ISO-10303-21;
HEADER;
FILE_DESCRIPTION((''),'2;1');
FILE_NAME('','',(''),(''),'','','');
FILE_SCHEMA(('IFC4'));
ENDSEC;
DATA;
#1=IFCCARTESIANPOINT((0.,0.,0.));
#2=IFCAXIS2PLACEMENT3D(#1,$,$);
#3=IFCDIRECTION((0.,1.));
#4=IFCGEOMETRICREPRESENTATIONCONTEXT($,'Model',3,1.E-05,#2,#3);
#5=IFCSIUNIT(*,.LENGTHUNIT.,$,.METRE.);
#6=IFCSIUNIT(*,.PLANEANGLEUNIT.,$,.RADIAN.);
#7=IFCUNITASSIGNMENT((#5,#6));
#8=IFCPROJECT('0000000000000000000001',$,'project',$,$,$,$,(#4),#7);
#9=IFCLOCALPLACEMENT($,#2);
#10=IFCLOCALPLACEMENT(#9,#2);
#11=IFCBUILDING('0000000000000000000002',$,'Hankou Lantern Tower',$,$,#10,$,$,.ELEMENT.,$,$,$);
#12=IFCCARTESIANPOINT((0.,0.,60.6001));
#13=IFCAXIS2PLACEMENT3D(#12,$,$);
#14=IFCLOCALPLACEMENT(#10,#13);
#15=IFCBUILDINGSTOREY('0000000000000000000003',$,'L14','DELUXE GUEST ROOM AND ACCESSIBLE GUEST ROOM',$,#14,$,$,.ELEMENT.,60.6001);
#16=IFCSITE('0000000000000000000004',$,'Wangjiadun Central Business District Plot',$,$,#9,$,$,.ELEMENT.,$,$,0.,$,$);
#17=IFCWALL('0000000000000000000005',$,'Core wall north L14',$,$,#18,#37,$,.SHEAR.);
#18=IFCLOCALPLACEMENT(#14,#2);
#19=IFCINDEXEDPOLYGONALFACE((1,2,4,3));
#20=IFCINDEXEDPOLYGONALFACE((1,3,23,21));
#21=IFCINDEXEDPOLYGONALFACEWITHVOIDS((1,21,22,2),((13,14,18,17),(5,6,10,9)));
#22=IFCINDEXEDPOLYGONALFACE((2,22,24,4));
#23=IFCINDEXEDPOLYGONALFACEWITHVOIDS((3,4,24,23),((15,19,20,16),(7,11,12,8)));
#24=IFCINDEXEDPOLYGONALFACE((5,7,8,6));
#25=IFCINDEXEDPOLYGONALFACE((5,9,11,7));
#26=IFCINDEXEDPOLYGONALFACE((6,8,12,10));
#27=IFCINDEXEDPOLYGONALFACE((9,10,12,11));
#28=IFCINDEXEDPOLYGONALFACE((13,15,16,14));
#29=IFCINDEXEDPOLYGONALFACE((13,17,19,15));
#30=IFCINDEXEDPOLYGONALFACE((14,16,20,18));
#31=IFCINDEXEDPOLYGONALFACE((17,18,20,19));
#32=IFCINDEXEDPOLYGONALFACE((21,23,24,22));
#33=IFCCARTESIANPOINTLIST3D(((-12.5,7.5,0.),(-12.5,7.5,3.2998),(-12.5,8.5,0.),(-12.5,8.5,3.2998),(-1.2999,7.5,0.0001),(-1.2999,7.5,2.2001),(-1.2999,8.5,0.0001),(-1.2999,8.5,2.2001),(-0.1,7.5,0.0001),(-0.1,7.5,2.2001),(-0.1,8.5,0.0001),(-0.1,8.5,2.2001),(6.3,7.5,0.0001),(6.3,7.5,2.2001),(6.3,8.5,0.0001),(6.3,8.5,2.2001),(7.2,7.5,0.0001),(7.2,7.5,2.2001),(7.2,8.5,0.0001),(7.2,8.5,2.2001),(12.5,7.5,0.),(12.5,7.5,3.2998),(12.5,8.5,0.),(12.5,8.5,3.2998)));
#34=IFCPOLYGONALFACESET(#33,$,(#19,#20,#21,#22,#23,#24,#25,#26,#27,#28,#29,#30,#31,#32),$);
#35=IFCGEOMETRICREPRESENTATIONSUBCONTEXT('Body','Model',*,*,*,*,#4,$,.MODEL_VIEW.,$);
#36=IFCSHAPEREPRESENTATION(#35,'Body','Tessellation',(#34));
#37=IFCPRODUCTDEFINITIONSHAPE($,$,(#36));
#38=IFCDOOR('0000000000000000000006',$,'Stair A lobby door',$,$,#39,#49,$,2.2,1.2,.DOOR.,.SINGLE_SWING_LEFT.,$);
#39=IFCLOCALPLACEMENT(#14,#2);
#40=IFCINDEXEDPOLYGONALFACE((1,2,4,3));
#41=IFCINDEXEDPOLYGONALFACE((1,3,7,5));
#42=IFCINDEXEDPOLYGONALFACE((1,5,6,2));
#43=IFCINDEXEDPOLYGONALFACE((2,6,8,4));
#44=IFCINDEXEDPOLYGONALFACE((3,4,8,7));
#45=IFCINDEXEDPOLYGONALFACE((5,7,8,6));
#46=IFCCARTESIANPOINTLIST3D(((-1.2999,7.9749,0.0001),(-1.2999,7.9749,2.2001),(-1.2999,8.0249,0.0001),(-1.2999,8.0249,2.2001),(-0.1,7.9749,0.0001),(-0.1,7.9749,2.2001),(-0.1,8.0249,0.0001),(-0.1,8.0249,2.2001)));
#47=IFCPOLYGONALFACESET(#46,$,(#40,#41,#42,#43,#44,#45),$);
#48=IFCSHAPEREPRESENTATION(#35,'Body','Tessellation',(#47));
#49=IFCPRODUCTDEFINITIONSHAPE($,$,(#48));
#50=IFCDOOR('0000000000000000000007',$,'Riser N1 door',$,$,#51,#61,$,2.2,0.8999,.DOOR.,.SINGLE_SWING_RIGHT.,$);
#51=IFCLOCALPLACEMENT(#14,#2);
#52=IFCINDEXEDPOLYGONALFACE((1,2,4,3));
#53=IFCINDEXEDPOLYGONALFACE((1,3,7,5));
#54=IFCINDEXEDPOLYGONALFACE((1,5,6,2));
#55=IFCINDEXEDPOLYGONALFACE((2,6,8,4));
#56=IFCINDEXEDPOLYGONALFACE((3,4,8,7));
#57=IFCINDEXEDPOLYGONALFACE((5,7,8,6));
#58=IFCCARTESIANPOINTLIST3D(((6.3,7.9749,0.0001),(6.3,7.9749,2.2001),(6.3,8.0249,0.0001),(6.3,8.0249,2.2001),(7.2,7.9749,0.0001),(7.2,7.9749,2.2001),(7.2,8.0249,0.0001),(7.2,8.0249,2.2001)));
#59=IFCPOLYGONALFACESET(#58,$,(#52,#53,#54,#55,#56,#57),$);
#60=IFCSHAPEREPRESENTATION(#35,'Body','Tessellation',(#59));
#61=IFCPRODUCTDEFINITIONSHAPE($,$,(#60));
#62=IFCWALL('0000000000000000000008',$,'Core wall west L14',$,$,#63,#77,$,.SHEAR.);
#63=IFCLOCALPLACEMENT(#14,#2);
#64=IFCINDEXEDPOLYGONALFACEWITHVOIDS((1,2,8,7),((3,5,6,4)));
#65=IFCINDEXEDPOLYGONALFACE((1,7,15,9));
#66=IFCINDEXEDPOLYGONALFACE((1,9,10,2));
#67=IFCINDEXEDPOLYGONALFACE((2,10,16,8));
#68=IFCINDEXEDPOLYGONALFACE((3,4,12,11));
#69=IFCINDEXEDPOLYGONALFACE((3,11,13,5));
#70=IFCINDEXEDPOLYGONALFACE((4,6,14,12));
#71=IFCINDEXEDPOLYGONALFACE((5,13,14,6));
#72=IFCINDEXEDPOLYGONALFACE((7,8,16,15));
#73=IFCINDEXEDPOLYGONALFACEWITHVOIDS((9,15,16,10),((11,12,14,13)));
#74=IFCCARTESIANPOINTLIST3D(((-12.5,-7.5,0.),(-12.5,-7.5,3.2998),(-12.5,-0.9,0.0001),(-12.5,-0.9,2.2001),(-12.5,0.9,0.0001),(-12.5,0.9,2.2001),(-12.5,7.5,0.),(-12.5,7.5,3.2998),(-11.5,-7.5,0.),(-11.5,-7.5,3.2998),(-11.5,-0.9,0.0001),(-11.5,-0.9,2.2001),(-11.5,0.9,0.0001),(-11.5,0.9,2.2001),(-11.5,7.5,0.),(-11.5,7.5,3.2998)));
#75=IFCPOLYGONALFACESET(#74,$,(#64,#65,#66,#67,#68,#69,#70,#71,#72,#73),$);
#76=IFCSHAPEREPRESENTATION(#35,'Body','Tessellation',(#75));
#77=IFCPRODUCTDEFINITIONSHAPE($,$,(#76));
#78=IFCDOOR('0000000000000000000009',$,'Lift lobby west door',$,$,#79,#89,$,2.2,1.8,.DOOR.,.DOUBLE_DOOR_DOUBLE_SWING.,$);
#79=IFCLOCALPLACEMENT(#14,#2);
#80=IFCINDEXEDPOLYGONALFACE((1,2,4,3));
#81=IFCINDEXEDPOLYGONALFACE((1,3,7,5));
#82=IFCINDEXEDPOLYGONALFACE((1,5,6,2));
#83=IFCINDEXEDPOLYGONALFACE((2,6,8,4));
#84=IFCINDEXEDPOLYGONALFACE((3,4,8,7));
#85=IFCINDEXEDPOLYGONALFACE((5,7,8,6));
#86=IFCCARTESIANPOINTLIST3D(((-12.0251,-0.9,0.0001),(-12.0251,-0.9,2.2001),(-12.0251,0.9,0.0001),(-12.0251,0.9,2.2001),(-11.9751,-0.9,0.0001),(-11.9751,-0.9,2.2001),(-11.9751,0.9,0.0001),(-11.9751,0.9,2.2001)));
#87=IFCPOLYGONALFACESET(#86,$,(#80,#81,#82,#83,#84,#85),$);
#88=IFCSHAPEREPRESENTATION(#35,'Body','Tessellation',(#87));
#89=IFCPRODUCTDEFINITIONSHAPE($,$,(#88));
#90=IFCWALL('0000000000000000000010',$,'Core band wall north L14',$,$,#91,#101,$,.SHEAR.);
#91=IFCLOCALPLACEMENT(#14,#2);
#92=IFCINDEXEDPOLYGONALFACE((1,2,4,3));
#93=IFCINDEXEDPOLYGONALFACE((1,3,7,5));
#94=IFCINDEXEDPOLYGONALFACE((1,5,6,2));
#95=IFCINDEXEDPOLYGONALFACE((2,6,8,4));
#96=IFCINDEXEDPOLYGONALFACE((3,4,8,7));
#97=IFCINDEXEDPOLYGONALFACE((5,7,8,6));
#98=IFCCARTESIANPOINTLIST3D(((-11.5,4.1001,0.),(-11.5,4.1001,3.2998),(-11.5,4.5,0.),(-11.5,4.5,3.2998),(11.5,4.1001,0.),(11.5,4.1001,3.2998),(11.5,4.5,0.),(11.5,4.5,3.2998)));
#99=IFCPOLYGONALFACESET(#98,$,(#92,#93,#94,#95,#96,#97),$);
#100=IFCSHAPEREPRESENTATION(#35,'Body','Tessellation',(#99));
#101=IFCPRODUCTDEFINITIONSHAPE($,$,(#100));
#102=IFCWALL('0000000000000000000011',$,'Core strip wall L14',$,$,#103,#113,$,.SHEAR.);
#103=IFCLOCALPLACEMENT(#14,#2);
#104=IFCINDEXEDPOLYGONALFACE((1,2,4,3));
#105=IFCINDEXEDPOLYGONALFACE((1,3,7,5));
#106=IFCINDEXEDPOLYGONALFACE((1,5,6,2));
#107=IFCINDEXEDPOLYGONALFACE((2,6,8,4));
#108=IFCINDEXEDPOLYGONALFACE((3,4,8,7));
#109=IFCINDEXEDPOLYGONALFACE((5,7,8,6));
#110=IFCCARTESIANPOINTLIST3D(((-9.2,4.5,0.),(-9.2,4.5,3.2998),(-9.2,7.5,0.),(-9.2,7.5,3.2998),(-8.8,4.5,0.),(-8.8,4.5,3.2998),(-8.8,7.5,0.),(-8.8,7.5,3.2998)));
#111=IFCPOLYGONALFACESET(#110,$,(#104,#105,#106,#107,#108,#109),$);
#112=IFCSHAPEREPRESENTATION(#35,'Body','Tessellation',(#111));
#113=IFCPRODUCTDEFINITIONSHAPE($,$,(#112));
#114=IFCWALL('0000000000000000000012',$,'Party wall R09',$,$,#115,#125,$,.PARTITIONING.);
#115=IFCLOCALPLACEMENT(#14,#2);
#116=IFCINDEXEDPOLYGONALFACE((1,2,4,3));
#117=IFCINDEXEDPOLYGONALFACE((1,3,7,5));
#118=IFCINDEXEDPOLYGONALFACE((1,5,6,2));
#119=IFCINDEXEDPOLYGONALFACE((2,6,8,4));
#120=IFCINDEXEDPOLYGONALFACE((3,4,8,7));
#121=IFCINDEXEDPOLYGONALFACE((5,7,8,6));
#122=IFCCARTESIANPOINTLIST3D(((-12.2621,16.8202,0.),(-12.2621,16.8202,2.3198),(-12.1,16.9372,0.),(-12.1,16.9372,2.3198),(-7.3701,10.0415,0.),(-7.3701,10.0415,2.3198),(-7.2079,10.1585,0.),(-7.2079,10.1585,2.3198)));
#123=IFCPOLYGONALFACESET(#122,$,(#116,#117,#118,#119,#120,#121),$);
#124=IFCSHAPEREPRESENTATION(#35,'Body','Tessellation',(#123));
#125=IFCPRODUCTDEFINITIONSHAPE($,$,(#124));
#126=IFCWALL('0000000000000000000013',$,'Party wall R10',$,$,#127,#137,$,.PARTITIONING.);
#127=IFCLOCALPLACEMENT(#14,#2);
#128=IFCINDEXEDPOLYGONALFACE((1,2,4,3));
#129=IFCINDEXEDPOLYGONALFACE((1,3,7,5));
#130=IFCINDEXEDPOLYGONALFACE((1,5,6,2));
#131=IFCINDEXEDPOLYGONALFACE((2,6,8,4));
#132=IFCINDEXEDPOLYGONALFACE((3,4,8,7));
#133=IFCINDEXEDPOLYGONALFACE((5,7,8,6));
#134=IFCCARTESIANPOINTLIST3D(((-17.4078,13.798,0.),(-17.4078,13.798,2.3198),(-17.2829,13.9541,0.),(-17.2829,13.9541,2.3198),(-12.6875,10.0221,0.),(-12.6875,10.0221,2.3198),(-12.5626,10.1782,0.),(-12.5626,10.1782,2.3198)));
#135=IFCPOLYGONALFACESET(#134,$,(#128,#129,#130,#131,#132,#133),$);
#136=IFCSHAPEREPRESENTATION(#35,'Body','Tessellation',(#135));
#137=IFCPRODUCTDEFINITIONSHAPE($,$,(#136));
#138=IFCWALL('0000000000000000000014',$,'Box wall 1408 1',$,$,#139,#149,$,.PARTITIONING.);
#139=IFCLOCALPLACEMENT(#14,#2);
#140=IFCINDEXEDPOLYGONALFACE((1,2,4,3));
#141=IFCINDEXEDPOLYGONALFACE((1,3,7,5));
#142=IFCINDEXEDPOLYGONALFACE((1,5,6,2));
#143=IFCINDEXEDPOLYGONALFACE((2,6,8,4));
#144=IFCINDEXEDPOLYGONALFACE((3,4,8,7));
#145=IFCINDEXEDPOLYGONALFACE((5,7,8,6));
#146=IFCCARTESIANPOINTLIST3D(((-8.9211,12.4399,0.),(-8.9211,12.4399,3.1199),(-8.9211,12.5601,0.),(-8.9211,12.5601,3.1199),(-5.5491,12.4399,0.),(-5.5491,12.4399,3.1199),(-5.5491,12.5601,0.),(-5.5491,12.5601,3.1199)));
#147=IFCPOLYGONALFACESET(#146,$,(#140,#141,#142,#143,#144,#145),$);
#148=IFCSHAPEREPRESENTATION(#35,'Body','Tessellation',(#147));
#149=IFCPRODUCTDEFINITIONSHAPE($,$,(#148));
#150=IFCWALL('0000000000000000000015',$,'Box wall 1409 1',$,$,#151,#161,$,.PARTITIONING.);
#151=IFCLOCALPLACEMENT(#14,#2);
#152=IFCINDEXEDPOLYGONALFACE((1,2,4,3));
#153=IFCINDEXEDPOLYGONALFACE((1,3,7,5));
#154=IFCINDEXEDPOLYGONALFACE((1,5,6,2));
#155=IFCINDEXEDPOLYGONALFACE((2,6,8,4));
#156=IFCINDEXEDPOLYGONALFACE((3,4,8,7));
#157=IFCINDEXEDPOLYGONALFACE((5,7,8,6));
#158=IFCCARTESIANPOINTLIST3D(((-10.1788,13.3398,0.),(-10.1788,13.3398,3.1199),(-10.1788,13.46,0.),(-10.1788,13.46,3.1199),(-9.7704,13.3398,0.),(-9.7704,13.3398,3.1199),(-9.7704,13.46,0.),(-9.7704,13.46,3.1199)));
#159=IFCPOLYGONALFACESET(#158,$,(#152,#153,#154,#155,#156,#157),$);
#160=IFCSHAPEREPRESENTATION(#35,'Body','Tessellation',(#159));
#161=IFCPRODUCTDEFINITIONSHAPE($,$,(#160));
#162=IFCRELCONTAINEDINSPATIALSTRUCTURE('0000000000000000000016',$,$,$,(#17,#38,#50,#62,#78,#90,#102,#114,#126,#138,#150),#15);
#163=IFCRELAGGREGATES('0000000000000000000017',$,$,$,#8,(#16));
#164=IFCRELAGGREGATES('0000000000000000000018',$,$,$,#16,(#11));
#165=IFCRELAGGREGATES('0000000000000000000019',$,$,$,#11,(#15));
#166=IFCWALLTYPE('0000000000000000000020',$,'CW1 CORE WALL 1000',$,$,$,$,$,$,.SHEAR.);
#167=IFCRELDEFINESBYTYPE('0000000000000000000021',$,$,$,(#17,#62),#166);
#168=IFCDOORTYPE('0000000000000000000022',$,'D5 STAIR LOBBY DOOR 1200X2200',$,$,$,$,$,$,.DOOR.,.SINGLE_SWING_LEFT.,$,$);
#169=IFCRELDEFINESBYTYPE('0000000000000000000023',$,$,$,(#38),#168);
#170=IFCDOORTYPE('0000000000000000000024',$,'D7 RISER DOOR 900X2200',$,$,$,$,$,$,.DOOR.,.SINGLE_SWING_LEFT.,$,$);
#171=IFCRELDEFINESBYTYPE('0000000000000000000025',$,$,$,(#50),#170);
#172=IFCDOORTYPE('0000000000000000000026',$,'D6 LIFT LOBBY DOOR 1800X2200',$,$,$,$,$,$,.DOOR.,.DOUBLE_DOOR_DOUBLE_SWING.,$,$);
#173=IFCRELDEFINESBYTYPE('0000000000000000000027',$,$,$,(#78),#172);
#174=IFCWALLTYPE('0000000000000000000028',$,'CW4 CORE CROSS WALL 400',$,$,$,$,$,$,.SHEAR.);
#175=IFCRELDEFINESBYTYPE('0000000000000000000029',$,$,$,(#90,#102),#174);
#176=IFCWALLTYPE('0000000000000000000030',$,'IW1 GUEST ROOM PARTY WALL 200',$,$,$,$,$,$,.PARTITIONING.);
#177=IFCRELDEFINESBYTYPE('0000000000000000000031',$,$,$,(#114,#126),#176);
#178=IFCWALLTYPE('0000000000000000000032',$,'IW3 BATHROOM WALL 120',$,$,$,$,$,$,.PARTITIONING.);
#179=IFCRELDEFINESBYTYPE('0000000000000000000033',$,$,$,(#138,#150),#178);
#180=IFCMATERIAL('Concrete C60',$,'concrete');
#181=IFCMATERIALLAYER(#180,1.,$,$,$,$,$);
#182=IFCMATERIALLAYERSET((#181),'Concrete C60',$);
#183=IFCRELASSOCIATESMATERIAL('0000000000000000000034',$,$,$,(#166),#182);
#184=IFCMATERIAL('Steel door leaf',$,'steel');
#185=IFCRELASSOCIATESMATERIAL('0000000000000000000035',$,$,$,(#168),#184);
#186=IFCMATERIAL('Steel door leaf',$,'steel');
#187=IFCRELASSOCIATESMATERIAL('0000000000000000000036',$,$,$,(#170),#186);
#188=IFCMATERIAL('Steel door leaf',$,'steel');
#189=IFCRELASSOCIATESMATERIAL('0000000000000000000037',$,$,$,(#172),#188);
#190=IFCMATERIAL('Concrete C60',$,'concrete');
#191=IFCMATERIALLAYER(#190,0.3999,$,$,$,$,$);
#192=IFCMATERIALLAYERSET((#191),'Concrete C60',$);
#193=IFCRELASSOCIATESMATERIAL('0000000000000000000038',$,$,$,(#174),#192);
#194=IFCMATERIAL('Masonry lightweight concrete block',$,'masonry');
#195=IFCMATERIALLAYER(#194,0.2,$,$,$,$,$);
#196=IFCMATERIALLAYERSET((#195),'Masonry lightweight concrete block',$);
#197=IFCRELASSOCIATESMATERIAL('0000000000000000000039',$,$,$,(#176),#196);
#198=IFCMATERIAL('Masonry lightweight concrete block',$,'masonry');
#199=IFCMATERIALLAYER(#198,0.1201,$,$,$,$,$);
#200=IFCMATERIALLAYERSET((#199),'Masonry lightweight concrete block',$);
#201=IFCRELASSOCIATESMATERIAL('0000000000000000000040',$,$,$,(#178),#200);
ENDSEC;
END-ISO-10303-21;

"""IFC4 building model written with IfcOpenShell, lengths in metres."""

from ifc_helpers import new_model, si_unit, direction, frame, frame_2d, origin, place, context, subcontext, project, spatial, rectangle, extrude, material, layer, layer_set, type_object, element, fill, save


model = new_model("IFC4")

# Units and contexts
model_context = context("Model", 3, precision=1e-05, world=origin(), true_north=direction((0.0, 1.0)))
body_context = subcontext(model_context, "Body", "Model", "MODEL_VIEW")
ifc_project = project(units=[si_unit("LENGTHUNIT", "METRE"), si_unit("PLANEANGLEUNIT", "RADIAN")], contexts=[model_context])

# Site, building, storey
site_placement = place(None, origin())
site = spatial("IfcSite", under=ifc_project, at=site_placement, Name="Wangjiadun Central Business District Plot", CompositionType="ELEMENT", RefElevation=0.0)
building_placement = place(site_placement, origin())
building = spatial("IfcBuilding", under=site, at=building_placement, Name="Hankou Lantern Tower", CompositionType="ELEMENT")
storey_placement = place(building_placement, frame((0.0, 0.0, 60.6001)))
storey = spatial("IfcBuildingStorey", under=building, at=storey_placement, Name="L14", Description="DELUXE GUEST ROOM AND ACCESSIBLE GUEST ROOM", CompositionType="ELEMENT", Elevation=60.6001)

# Wall, openings, doors
ifc_material_1 = material(Name="Concrete C60", Category="concrete")
ifc_layer_1 = layer(ifc_material_1, 1.0)
ifc_layer_set_1 = layer_set([ifc_layer_1], Name="Concrete C60")
wall_type_1 = type_object("IfcWallType", Name="CW1 CORE WALL 1000", PredefinedType="SHEAR", material=ifc_layer_set_1)
wall_1_placement = place(storey_placement, frame((-12.5, 8.0, 0.0), z_axis=(0.0, 0.0, 1.0), x_axis=(1.0, 0.0, 0.0)))
wall_1 = element("IfcWall", 1, at=wall_1_placement, inside=storey, type_object=wall_type_1, Name="Core wall north L14", PredefinedType="SHEAR", context=body_context, shape_type="SweptSolid", body=[
    extrude(rectangle(XDim=25.0, YDim=1.0, at=frame_2d((12.5, 0.0))), origin(), (0.0, 0.0, 1.0), 3.2998),
])
opening_1_placement = place(wall_1_placement, frame((11.2, 0.0, 0.0)))
opening_1 = element("IfcOpeningElement", 2, at=opening_1_placement, cuts=wall_1, PredefinedType="OPENING", context=body_context, shape_type="SweptSolid", body=[
    extrude(rectangle(XDim=1.2, YDim=2.2, at=frame_2d((0.6001, 1.1001))), frame((0.0, 0.51, 0.0), z_axis=(0.0, -1.0, 0.0), x_axis=(1.0, 0.0, 0.0)), (0.0, 0.0, 1.0), 1.02),
])
opening_2_placement = place(wall_1_placement, frame((18.8, 0.0, 0.0)))
opening_2 = element("IfcOpeningElement", 3, at=opening_2_placement, cuts=wall_1, PredefinedType="OPENING", context=body_context, shape_type="SweptSolid", body=[
    extrude(rectangle(XDim=0.8999, YDim=2.2, at=frame_2d((0.45, 1.1001))), frame((0.0, 0.51, 0.0), z_axis=(0.0, -1.0, 0.0), x_axis=(1.0, 0.0, 0.0)), (0.0, 0.0, 1.0), 1.02),
])
ifc_material_2 = material(Name="Steel door leaf", Category="steel")
door_type_1 = type_object("IfcDoorType", Name="D5 STAIR LOBBY DOOR 1200X2200", OperationType="SINGLE_SWING_LEFT", PredefinedType="DOOR", material=ifc_material_2)
door_1_placement = place(opening_1_placement, origin())
door_1 = element("IfcDoor", 4, at=door_1_placement, inside=storey, type_object=door_type_1, Name="Stair A lobby door", OperationType="SINGLE_SWING_LEFT", OverallHeight=2.2, OverallWidth=1.2, PredefinedType="DOOR", context=body_context, shape_type="SweptSolid", body=[
    extrude(rectangle(XDim=1.2, YDim=2.2, at=frame_2d((0.6001, 1.1001))), frame((0.0, 0.0249, 0.0), z_axis=(0.0, -1.0, 0.0), x_axis=(1.0, 0.0, 0.0)), (0.0, 0.0, 1.0), 0.05),
])
fill(opening_1, door_1)
ifc_material_3 = material(Name="Steel door leaf", Category="steel")
door_type_2 = type_object("IfcDoorType", Name="D7 RISER DOOR 900X2200", OperationType="SINGLE_SWING_LEFT", PredefinedType="DOOR", material=ifc_material_3)
door_2_placement = place(opening_2_placement, origin())
door_2 = element("IfcDoor", 5, at=door_2_placement, inside=storey, type_object=door_type_2, Name="Riser N1 door", OperationType="SINGLE_SWING_RIGHT", OverallHeight=2.2, OverallWidth=0.8999, PredefinedType="DOOR", context=body_context, shape_type="SweptSolid", body=[
    extrude(rectangle(XDim=0.8999, YDim=2.2, at=frame_2d((0.45, 1.1001))), frame((0.0, 0.0249, 0.0), z_axis=(0.0, -1.0, 0.0), x_axis=(1.0, 0.0, 0.0)), (0.0, 0.0, 1.0), 0.05),
])
fill(opening_2, door_2)

# Wall, opening, door
wall_2_placement = place(storey_placement, frame((-12.0, 7.5, 0.0), z_axis=(0.0, 0.0, 1.0), x_axis=(0.0, -1.0, 0.0)))
wall_2 = element("IfcWall", 6, at=wall_2_placement, inside=storey, type_object=wall_type_1, Name="Core wall west L14", PredefinedType="SHEAR", context=body_context, shape_type="SweptSolid", body=[
    extrude(rectangle(XDim=15.0, YDim=1.0, at=frame_2d((7.5, 0.0))), origin(), (0.0, 0.0, 1.0), 3.2998),
])
opening_3_placement = place(wall_2_placement, frame((6.6001, 0.0, 0.0)))
opening_3 = element("IfcOpeningElement", 7, at=opening_3_placement, cuts=wall_2, PredefinedType="OPENING", context=body_context, shape_type="SweptSolid", body=[
    extrude(rectangle(XDim=1.8, YDim=2.2, at=frame_2d((0.8999, 1.1001))), frame((0.0, 0.51, 0.0), z_axis=(0.0, -1.0, 0.0), x_axis=(1.0, 0.0, 0.0)), (0.0, 0.0, 1.0), 1.02),
])
ifc_material_4 = material(Name="Steel door leaf", Category="steel")
door_type_3 = type_object("IfcDoorType", Name="D6 LIFT LOBBY DOOR 1800X2200", OperationType="DOUBLE_DOOR_DOUBLE_SWING", PredefinedType="DOOR", material=ifc_material_4)
door_3_placement = place(opening_3_placement, origin())
door_3 = element("IfcDoor", 8, at=door_3_placement, inside=storey, type_object=door_type_3, Name="Lift lobby west door", OperationType="DOUBLE_DOOR_DOUBLE_SWING", OverallHeight=2.2, OverallWidth=1.8, PredefinedType="DOOR", context=body_context, shape_type="SweptSolid", body=[
    extrude(rectangle(XDim=1.8, YDim=2.2, at=frame_2d((0.8999, 1.1001))), frame((0.0, 0.0249, 0.0), z_axis=(0.0, -1.0, 0.0), x_axis=(1.0, 0.0, 0.0)), (0.0, 0.0, 1.0), 0.05),
])
fill(opening_3, door_3)

# Walls
ifc_material_5 = material(Name="Concrete C60", Category="concrete")
ifc_layer_2 = layer(ifc_material_5, 0.3999)
ifc_layer_set_2 = layer_set([ifc_layer_2], Name="Concrete C60")
wall_type_2 = type_object("IfcWallType", Name="CW4 CORE CROSS WALL 400", PredefinedType="SHEAR", material=ifc_layer_set_2)
wall_3_placement = place(storey_placement, frame((-11.5, 4.3, 0.0), z_axis=(0.0, 0.0, 1.0), x_axis=(1.0, 0.0, 0.0)))
element("IfcWall", 9, at=wall_3_placement, inside=storey, type_object=wall_type_2, Name="Core band wall north L14", PredefinedType="SHEAR", context=body_context, shape_type="SweptSolid", body=[
    extrude(rectangle(XDim=23.0, YDim=0.3999, at=frame_2d((11.5, 0.0))), origin(), (0.0, 0.0, 1.0), 3.2998),
])
wall_4_placement = place(storey_placement, frame((-9.0, 4.5, 0.0), z_axis=(0.0, 0.0, 1.0), x_axis=(0.0, 1.0, 0.0)))
element("IfcWall", 10, at=wall_4_placement, inside=storey, type_object=wall_type_2, Name="Core strip wall L14", PredefinedType="SHEAR", context=body_context, shape_type="SweptSolid", body=[
    extrude(rectangle(XDim=3.0, YDim=0.3999, at=frame_2d((1.5, 0.0))), origin(), (0.0, 0.0, 1.0), 3.2998),
])
ifc_material_6 = material(Name="Masonry lightweight concrete block", Category="masonry")
ifc_layer_3 = layer(ifc_material_6, 0.2)
ifc_layer_set_3 = layer_set([ifc_layer_3], Name="Masonry lightweight concrete block")
wall_type_3 = type_object("IfcWallType", Name="IW1 GUEST ROOM PARTY WALL 200", PredefinedType="PARTITIONING", material=ifc_layer_set_3)
wall_5_placement = place(storey_placement, frame((-7.2891, 10.1001, 0.0), z_axis=(0.0, 0.0, 1.0), x_axis=(-0.585198, 0.81089, 0.0)))
element("IfcWall", 11, at=wall_5_placement, inside=storey, type_object=wall_type_3, Name="Party wall R09", PredefinedType="PARTITIONING", context=body_context, shape_type="SweptSolid", body=[
    extrude(rectangle(XDim=8.3596, YDim=0.2, at=frame_2d((4.1797, 0.0))), origin(), (0.0, 0.0, 1.0), 2.3198),
])
wall_6_placement = place(storey_placement, frame((-12.625, 10.1001, 0.0), z_axis=(0.0, 0.0, 1.0), x_axis=(-0.780892, 0.624665, 0.0)))
element("IfcWall", 12, at=wall_6_placement, inside=storey, type_object=wall_type_3, Name="Party wall R10", PredefinedType="PARTITIONING", context=body_context, shape_type="SweptSolid", body=[
    extrude(rectangle(XDim=6.0447, YDim=0.2, at=frame_2d((3.0225, 0.0))), origin(), (0.0, 0.0, 1.0), 2.3198),
])
ifc_material_7 = material(Name="Masonry lightweight concrete block", Category="masonry")
ifc_layer_4 = layer(ifc_material_7, 0.1201)
ifc_layer_set_4 = layer_set([ifc_layer_4], Name="Masonry lightweight concrete block")
wall_type_4 = type_object("IfcWallType", Name="IW3 BATHROOM WALL 120", PredefinedType="PARTITIONING", material=ifc_layer_set_4)
wall_7_placement = place(storey_placement, frame((-8.9211, 12.5, 0.0), z_axis=(0.0, 0.0, 1.0), x_axis=(1.0, 0.0, 0.0)))
element("IfcWall", 13, at=wall_7_placement, inside=storey, type_object=wall_type_4, Name="Box wall 1408 1", PredefinedType="PARTITIONING", context=body_context, shape_type="SweptSolid", body=[
    extrude(rectangle(XDim=3.3721, YDim=0.1201, at=frame_2d((1.686, 0.0))), origin(), (0.0, 0.0, 1.0), 3.1199),
])
wall_8_placement = place(storey_placement, frame((-9.7705, 13.3999, 0.0), z_axis=(0.0, 0.0, 1.0), x_axis=(-1.0, 0.0, 0.0)))
element("IfcWall", 14, at=wall_8_placement, inside=storey, type_object=wall_type_4, Name="Box wall 1409 1", PredefinedType="PARTITIONING", context=body_context, shape_type="SweptSolid", body=[
    extrude(rectangle(XDim=0.4084, YDim=0.1201, at=frame_2d((0.2041, 0.0))), origin(), (0.0, 0.0, 1.0), 3.1199),
])

save(model, "model.ifc")
